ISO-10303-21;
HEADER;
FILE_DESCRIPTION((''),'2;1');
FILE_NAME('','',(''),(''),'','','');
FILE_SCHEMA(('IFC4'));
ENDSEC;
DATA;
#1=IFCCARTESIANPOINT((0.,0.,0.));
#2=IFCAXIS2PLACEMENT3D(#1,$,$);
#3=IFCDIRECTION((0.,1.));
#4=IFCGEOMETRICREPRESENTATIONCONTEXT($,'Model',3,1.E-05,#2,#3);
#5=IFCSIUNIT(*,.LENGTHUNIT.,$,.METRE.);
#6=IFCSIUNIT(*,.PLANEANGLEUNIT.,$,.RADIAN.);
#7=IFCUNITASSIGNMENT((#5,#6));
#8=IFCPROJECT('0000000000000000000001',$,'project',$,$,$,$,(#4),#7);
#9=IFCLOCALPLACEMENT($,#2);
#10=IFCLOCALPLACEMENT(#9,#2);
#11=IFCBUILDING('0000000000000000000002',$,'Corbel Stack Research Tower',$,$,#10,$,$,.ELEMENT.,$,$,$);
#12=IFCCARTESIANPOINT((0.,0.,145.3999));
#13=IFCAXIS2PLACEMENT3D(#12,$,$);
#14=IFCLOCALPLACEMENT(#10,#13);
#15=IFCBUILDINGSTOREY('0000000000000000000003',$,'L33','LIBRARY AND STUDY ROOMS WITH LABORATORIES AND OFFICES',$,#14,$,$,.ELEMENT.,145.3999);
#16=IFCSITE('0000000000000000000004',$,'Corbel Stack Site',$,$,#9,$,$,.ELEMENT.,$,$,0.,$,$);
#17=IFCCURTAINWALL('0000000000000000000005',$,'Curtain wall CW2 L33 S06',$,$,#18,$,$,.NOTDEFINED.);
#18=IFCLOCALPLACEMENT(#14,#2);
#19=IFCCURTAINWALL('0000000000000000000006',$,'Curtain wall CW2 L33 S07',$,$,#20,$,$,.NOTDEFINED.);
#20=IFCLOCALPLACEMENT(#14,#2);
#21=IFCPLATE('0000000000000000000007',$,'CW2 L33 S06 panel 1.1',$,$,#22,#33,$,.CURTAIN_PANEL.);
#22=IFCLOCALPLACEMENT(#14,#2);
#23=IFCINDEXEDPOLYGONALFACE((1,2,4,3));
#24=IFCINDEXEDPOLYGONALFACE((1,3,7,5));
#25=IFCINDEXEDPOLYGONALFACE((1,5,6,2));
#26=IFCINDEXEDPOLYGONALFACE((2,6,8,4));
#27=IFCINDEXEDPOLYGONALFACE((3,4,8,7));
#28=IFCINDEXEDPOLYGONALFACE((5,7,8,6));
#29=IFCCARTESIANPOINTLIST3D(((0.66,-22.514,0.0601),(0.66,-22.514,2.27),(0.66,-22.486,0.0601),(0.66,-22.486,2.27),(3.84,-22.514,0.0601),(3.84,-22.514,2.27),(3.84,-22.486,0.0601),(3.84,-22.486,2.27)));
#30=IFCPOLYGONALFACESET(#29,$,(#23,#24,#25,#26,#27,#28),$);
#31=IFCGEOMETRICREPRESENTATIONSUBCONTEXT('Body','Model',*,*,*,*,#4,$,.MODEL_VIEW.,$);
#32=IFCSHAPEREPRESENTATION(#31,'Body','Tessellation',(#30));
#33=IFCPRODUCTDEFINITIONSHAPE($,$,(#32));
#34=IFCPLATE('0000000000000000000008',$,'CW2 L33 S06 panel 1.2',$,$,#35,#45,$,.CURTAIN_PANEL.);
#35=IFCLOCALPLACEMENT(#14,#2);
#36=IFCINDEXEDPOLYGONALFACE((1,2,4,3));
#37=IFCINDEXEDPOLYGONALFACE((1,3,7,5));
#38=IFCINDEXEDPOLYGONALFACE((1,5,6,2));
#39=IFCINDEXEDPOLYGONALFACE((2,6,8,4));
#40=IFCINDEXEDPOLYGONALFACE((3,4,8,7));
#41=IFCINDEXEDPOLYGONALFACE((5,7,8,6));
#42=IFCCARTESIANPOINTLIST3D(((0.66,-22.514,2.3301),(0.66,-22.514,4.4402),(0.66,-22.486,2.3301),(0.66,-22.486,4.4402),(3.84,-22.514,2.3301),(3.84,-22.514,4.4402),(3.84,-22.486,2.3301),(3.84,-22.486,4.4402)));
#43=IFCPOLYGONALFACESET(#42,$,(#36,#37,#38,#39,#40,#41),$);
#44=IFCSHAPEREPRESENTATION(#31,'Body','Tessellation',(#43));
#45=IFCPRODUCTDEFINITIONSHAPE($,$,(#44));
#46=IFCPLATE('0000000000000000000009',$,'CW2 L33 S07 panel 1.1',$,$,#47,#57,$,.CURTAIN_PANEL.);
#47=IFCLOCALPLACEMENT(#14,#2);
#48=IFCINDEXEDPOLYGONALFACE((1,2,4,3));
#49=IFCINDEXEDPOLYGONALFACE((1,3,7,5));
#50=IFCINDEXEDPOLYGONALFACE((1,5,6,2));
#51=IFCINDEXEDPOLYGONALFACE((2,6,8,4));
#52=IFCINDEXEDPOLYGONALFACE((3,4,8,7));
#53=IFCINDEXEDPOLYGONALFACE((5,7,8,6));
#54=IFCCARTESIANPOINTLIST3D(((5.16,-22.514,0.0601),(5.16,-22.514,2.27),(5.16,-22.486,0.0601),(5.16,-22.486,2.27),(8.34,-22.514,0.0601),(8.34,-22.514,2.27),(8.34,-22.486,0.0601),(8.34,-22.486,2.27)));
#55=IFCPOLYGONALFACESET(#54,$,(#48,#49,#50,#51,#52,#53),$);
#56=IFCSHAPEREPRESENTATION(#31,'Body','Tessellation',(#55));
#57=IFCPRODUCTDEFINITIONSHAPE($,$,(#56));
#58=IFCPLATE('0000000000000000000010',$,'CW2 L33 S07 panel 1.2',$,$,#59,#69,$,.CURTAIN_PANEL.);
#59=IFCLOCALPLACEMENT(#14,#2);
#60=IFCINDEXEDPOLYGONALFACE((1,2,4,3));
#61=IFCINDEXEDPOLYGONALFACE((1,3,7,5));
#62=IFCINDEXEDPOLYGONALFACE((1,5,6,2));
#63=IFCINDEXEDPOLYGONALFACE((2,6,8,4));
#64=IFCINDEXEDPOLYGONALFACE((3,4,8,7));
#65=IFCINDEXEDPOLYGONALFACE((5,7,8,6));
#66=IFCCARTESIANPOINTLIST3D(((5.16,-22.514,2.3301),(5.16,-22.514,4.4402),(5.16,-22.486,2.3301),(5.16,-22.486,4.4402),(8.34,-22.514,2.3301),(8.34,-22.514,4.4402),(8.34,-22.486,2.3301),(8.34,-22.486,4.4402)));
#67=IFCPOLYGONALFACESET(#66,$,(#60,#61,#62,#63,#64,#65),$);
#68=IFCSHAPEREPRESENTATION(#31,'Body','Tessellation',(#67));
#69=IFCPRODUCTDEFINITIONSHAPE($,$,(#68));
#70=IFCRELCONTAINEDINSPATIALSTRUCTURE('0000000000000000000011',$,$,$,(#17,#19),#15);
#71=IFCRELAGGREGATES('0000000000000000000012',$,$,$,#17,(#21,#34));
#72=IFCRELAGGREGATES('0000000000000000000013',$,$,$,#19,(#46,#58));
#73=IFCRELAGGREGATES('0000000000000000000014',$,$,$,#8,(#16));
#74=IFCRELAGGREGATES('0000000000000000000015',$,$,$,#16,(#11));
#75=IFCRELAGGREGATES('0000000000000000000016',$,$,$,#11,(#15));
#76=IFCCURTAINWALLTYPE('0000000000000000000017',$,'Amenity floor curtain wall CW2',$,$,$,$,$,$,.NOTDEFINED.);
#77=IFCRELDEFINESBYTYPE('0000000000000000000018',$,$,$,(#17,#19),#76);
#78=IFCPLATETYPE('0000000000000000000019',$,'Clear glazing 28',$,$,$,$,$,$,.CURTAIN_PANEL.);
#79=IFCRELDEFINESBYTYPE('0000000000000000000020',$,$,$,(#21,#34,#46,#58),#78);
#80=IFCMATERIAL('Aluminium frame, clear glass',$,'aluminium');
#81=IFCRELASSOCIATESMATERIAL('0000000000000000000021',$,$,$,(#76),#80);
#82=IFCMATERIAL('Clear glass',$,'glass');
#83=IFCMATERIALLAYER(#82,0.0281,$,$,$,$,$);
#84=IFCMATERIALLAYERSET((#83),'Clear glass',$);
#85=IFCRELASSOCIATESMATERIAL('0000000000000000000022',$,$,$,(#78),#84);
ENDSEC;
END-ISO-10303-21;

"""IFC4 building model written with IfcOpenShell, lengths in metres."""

from ifc_helpers import new_model, si_unit, direction, frame, origin, origin_2d, place, context, subcontext, project, spatial, rectangle, extrude, material, layer, layer_set, type_object, element, aggregate, save


model = new_model("IFC4")

# Units and contexts
model_context = context("Model", 3, precision=1e-05, world=origin(), true_north=direction((0.0, 1.0)))
body_context = subcontext(model_context, "Body", "Model", "MODEL_VIEW")
ifc_project = project(units=[si_unit("LENGTHUNIT", "METRE"), si_unit("PLANEANGLEUNIT", "RADIAN")], contexts=[model_context])

# Site, building, storey
site_placement = place(None, origin())
site = spatial("IfcSite", under=ifc_project, at=site_placement, Name="Corbel Stack Site", CompositionType="ELEMENT", RefElevation=0.0)
building_placement = place(site_placement, origin())
building = spatial("IfcBuilding", under=site, at=building_placement, Name="Corbel Stack Research Tower", CompositionType="ELEMENT")
storey_placement = place(building_placement, frame((0.0, 0.0, 145.3999)))
storey = spatial("IfcBuildingStorey", under=building, at=storey_placement, Name="L33", Description="LIBRARY AND STUDY ROOMS WITH LABORATORIES AND OFFICES", CompositionType="ELEMENT", Elevation=145.3999)

# Curtain walls
ifc_material_1 = material(Name="Aluminium frame, clear glass", Category="aluminium")
curtain_wall_type = type_object("IfcCurtainWallType", Name="Amenity floor curtain wall CW2", PredefinedType="NOTDEFINED", material=ifc_material_1)
curtain_wall_1_placement = place(storey_placement, origin())
curtain_wall_1 = element("IfcCurtainWall", 1, at=curtain_wall_1_placement, inside=storey, type_object=curtain_wall_type, Name="Curtain wall CW2 L33 S06", PredefinedType="NOTDEFINED")
curtain_wall_2_placement = place(storey_placement, origin())
curtain_wall_2 = element("IfcCurtainWall", 2, at=curtain_wall_2_placement, inside=storey, type_object=curtain_wall_type, Name="Curtain wall CW2 L33 S07", PredefinedType="NOTDEFINED")

# Plates
ifc_material_2 = material(Name="Clear glass", Category="glass")
ifc_layer = layer(ifc_material_2, 0.0281)
ifc_layer_set = layer_set([ifc_layer], Name="Clear glass")
plate_type = type_object("IfcPlateType", Name="Clear glazing 28", PredefinedType="CURTAIN_PANEL", material=ifc_layer_set)
plate_1_placement = place(storey_placement, frame((2.25, -22.5, 0.0601), z_axis=(0.0, 0.0, 1.0), x_axis=(1.0, 0.0, 0.0)))
plate_1 = element("IfcPlate", 3, at=plate_1_placement, type_object=plate_type, Name="CW2 L33 S06 panel 1.1", PredefinedType="CURTAIN_PANEL", context=body_context, shape_type="SweptSolid", body=[
    extrude(rectangle(XDim=3.1799, YDim=0.0281, at=origin_2d()), origin(), (0.0, 0.0, 1.0), 2.21),
])
plate_2_placement = place(storey_placement, frame((2.25, -22.5, 2.3301), z_axis=(0.0, 0.0, 1.0), x_axis=(1.0, 0.0, 0.0)))
plate_2 = element("IfcPlate", 4, at=plate_2_placement, type_object=plate_type, Name="CW2 L33 S06 panel 1.2", PredefinedType="CURTAIN_PANEL", context=body_context, shape_type="SweptSolid", body=[
    extrude(rectangle(XDim=3.1799, YDim=0.0281, at=origin_2d()), origin(), (0.0, 0.0, 1.0), 2.1101),
])
aggregate(curtain_wall_1, [plate_1, plate_2])
plate_3_placement = place(storey_placement, frame((6.75, -22.5, 0.0601), z_axis=(0.0, 0.0, 1.0), x_axis=(1.0, 0.0, 0.0)))
plate_3 = element("IfcPlate", 5, at=plate_3_placement, type_object=plate_type, Name="CW2 L33 S07 panel 1.1", PredefinedType="CURTAIN_PANEL", context=body_context, shape_type="SweptSolid", body=[
    extrude(rectangle(XDim=3.1799, YDim=0.0281, at=origin_2d()), origin(), (0.0, 0.0, 1.0), 2.21),
])
plate_4_placement = place(storey_placement, frame((6.75, -22.5, 2.3301), z_axis=(0.0, 0.0, 1.0), x_axis=(1.0, 0.0, 0.0)))
plate_4 = element("IfcPlate", 6, at=plate_4_placement, type_object=plate_type, Name="CW2 L33 S07 panel 1.2", PredefinedType="CURTAIN_PANEL", context=body_context, shape_type="SweptSolid", body=[
    extrude(rectangle(XDim=3.1799, YDim=0.0281, at=origin_2d()), origin(), (0.0, 0.0, 1.0), 2.1101),
])
aggregate(curtain_wall_2, [plate_3, plate_4])

save(model, "model.ifc")
